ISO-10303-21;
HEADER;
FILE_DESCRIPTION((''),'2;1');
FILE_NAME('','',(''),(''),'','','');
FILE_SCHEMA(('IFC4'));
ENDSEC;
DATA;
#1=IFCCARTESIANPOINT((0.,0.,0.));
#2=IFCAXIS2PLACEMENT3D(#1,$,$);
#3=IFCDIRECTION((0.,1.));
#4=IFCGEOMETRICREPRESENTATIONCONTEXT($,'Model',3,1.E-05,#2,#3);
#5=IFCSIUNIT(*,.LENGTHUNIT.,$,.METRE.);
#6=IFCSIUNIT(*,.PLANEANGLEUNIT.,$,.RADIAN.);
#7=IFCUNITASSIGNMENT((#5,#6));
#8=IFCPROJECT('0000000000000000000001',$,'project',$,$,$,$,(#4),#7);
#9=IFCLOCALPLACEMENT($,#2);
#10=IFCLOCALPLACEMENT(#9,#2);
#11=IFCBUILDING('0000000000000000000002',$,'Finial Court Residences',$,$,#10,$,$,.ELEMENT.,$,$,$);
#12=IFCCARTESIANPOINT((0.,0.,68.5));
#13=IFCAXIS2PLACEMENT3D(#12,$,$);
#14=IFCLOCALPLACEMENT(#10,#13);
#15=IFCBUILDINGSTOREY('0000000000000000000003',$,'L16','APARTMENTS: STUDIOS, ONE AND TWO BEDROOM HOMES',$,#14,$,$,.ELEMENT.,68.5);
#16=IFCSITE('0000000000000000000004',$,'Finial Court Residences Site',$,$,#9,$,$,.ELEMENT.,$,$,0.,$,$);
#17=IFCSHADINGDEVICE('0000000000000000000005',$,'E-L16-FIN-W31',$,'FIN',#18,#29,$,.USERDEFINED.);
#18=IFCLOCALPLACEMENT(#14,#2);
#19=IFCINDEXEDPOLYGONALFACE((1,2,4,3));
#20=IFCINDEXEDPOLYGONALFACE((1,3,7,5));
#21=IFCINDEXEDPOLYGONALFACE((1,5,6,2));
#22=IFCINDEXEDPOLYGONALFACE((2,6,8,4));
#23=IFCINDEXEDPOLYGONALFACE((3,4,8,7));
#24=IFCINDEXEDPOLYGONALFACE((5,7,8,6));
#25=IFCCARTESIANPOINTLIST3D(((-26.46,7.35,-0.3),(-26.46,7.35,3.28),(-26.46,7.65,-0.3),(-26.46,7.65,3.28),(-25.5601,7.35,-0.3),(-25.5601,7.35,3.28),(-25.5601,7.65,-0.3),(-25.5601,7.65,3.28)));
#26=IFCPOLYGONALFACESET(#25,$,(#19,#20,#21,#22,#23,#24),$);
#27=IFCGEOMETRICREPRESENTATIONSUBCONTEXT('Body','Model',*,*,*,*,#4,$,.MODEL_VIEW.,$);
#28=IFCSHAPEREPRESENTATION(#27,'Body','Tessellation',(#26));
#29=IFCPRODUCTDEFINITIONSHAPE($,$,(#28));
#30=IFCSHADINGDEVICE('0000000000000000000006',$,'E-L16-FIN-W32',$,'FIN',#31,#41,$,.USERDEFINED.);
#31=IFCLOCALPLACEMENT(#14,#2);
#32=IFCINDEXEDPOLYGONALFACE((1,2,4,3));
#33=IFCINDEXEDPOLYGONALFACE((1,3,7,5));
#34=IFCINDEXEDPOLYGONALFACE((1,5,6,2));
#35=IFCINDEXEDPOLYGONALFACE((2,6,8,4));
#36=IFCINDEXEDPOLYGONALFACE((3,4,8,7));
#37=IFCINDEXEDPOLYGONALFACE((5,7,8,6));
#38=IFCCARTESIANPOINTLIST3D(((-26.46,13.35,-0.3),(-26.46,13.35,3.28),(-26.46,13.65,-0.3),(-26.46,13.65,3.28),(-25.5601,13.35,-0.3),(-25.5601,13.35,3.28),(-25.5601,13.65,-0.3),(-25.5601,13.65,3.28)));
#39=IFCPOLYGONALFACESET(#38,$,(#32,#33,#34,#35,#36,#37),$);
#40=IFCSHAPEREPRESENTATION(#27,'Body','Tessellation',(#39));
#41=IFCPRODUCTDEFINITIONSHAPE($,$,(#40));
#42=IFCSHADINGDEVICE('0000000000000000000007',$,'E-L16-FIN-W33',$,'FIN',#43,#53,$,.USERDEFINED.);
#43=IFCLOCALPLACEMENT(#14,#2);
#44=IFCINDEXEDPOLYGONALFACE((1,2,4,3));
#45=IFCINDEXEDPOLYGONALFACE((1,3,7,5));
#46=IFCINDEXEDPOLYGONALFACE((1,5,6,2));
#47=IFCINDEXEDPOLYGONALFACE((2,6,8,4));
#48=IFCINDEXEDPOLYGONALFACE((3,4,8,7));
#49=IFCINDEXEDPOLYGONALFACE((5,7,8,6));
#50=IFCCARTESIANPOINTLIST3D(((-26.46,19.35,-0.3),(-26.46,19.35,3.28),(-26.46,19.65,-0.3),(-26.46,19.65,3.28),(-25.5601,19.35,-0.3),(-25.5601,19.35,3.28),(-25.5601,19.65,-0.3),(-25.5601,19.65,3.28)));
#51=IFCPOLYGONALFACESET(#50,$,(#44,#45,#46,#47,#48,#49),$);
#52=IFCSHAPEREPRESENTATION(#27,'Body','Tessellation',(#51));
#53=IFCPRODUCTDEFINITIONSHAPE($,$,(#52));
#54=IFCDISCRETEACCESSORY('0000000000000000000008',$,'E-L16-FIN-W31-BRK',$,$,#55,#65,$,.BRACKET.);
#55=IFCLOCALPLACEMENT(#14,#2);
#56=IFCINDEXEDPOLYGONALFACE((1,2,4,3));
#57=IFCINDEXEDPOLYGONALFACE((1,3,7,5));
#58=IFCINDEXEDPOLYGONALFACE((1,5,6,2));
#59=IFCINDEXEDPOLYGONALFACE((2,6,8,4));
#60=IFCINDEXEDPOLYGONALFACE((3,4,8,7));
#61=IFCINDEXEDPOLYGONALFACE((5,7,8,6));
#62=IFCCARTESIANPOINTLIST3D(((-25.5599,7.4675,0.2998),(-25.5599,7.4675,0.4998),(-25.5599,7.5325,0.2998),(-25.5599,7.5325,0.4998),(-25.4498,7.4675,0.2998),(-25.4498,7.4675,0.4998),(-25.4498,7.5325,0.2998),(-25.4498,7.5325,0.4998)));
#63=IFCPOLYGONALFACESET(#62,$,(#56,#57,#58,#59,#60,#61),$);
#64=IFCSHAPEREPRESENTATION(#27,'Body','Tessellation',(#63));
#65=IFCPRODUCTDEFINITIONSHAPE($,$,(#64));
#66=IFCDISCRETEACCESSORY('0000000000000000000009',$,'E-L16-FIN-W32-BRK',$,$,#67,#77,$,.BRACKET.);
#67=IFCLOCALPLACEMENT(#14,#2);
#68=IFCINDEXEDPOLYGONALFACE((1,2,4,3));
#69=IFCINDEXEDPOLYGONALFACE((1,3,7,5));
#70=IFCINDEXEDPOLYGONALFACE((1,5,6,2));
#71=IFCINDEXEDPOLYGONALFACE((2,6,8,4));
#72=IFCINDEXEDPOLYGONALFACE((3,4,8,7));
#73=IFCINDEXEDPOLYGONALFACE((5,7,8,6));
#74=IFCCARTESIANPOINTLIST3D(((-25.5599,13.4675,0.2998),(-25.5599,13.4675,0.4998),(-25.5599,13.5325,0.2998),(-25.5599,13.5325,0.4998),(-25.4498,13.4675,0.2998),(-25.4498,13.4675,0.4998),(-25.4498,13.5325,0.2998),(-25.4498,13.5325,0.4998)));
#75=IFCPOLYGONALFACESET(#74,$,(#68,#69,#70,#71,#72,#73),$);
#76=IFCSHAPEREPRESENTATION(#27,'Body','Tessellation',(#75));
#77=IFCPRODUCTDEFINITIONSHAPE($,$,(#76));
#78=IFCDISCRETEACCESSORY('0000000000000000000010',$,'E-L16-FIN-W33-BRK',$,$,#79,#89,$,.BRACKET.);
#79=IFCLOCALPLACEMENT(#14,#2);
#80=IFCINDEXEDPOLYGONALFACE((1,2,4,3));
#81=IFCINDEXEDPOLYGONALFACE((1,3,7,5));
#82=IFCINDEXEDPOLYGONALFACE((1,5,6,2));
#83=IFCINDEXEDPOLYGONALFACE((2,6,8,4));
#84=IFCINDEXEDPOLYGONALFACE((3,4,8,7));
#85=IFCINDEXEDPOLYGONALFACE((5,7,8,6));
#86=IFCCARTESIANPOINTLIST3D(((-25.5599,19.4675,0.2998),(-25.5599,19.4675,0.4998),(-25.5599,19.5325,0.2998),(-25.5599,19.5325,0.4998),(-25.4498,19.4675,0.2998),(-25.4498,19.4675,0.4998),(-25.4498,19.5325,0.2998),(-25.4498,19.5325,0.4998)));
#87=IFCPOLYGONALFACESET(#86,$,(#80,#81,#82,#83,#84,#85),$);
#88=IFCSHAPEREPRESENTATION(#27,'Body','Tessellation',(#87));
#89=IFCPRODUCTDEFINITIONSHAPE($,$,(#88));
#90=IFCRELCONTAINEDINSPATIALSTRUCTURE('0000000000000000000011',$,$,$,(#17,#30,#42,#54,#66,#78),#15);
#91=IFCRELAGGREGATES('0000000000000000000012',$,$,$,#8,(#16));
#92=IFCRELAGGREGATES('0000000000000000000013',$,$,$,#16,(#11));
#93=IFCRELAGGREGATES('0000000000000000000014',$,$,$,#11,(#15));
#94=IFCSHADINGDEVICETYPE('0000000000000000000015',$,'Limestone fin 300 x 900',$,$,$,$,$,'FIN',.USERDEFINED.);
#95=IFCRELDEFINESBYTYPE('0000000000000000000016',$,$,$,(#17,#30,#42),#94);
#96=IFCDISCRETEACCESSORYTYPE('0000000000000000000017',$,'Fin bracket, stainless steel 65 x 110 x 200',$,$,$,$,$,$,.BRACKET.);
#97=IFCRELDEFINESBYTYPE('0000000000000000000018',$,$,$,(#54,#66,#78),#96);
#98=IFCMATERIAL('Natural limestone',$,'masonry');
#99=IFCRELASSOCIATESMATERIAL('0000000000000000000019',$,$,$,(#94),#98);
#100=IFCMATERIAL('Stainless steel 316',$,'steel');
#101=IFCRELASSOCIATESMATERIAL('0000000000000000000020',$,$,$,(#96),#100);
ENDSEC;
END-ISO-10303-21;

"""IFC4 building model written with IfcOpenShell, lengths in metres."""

from ifc_helpers import new_model, si_unit, direction, frame, origin, origin_2d, place, context, subcontext, project, spatial, rectangle, extrude, material, type_object, element, save


model = new_model("IFC4")

# Units and contexts
model_context = context("Model", 3, precision=1e-05, world=origin(), true_north=direction((0.0, 1.0)))
body_context = subcontext(model_context, "Body", "Model", "MODEL_VIEW")
ifc_project = project(units=[si_unit("LENGTHUNIT", "METRE"), si_unit("PLANEANGLEUNIT", "RADIAN")], contexts=[model_context])

# Site, building, storey
site_placement = place(None, origin())
site = spatial("IfcSite", under=ifc_project, at=site_placement, Name="Finial Court Residences Site", CompositionType="ELEMENT", RefElevation=0.0)
building_placement = place(site_placement, origin())
building = spatial("IfcBuilding", under=site, at=building_placement, Name="Finial Court Residences", CompositionType="ELEMENT")
storey_placement = place(building_placement, frame((0.0, 0.0, 68.5)))
storey = spatial("IfcBuildingStorey", under=building, at=storey_placement, Name="L16", Description="APARTMENTS: STUDIOS, ONE AND TWO BEDROOM HOMES", CompositionType="ELEMENT", Elevation=68.5)

# Shading devices
ifc_material_1 = material(Name="Natural limestone", Category="masonry")
shading_device_type = type_object("IfcShadingDeviceType", Name="Limestone fin 300 x 900", ElementType="FIN", PredefinedType="USERDEFINED", material=ifc_material_1)
for number, where, z_axis, x_axis, name in (
    (1, (-26.01, 7.5, -0.3), (0.0, 0.0, 1.0), (1.0, 0.0, 0.0), "E-L16-FIN-W31"),
    (2, (-26.01, 13.5, -0.3), (0.0, 0.0, 1.0), (1.0, 0.0, 0.0), "E-L16-FIN-W32"),
    (3, (-26.01, 19.5, -0.3), (0.0, 0.0, 1.0), (1.0, 0.0, 0.0), "E-L16-FIN-W33"),
):
    element("IfcShadingDevice", number, at=place(storey_placement, frame(where, z_axis=z_axis, x_axis=x_axis)), inside=storey, type_object=shading_device_type, Name=name, ObjectType="FIN", PredefinedType="USERDEFINED", context=body_context, shape_type="SweptSolid", body=[
        extrude(rectangle(XDim=0.8999, YDim=0.3, at=origin_2d()), origin(), (0.0, 0.0, 1.0), 3.5801),
    ])

# Discrete accessories
ifc_material_2 = material(Name="Stainless steel 316", Category="steel")
discrete_accessory_type = type_object("IfcDiscreteAccessoryType", Name="Fin bracket, stainless steel 65 x 110 x 200", PredefinedType="BRACKET", material=ifc_material_2)
for number, where, z_axis, x_axis, name in (
    (4, (-25.5049, 7.5, 0.2998), (0.0, 0.0, 1.0), (1.0, 0.0, 0.0), "E-L16-FIN-W31-BRK"),
    (5, (-25.5049, 13.5, 0.2998), (0.0, 0.0, 1.0), (1.0, 0.0, 0.0), "E-L16-FIN-W32-BRK"),
    (6, (-25.5049, 19.5, 0.2998), (0.0, 0.0, 1.0), (1.0, 0.0, 0.0), "E-L16-FIN-W33-BRK"),
):
    element("IfcDiscreteAccessory", number, at=place(storey_placement, frame(where, z_axis=z_axis, x_axis=x_axis)), inside=storey, type_object=discrete_accessory_type, Name=name, PredefinedType="BRACKET", context=body_context, shape_type="SweptSolid", body=[
        extrude(rectangle(XDim=0.1101, YDim=0.0649, at=origin_2d()), origin(), (0.0, 0.0, 1.0), 0.2),
    ])

save(model, "model.ifc")
